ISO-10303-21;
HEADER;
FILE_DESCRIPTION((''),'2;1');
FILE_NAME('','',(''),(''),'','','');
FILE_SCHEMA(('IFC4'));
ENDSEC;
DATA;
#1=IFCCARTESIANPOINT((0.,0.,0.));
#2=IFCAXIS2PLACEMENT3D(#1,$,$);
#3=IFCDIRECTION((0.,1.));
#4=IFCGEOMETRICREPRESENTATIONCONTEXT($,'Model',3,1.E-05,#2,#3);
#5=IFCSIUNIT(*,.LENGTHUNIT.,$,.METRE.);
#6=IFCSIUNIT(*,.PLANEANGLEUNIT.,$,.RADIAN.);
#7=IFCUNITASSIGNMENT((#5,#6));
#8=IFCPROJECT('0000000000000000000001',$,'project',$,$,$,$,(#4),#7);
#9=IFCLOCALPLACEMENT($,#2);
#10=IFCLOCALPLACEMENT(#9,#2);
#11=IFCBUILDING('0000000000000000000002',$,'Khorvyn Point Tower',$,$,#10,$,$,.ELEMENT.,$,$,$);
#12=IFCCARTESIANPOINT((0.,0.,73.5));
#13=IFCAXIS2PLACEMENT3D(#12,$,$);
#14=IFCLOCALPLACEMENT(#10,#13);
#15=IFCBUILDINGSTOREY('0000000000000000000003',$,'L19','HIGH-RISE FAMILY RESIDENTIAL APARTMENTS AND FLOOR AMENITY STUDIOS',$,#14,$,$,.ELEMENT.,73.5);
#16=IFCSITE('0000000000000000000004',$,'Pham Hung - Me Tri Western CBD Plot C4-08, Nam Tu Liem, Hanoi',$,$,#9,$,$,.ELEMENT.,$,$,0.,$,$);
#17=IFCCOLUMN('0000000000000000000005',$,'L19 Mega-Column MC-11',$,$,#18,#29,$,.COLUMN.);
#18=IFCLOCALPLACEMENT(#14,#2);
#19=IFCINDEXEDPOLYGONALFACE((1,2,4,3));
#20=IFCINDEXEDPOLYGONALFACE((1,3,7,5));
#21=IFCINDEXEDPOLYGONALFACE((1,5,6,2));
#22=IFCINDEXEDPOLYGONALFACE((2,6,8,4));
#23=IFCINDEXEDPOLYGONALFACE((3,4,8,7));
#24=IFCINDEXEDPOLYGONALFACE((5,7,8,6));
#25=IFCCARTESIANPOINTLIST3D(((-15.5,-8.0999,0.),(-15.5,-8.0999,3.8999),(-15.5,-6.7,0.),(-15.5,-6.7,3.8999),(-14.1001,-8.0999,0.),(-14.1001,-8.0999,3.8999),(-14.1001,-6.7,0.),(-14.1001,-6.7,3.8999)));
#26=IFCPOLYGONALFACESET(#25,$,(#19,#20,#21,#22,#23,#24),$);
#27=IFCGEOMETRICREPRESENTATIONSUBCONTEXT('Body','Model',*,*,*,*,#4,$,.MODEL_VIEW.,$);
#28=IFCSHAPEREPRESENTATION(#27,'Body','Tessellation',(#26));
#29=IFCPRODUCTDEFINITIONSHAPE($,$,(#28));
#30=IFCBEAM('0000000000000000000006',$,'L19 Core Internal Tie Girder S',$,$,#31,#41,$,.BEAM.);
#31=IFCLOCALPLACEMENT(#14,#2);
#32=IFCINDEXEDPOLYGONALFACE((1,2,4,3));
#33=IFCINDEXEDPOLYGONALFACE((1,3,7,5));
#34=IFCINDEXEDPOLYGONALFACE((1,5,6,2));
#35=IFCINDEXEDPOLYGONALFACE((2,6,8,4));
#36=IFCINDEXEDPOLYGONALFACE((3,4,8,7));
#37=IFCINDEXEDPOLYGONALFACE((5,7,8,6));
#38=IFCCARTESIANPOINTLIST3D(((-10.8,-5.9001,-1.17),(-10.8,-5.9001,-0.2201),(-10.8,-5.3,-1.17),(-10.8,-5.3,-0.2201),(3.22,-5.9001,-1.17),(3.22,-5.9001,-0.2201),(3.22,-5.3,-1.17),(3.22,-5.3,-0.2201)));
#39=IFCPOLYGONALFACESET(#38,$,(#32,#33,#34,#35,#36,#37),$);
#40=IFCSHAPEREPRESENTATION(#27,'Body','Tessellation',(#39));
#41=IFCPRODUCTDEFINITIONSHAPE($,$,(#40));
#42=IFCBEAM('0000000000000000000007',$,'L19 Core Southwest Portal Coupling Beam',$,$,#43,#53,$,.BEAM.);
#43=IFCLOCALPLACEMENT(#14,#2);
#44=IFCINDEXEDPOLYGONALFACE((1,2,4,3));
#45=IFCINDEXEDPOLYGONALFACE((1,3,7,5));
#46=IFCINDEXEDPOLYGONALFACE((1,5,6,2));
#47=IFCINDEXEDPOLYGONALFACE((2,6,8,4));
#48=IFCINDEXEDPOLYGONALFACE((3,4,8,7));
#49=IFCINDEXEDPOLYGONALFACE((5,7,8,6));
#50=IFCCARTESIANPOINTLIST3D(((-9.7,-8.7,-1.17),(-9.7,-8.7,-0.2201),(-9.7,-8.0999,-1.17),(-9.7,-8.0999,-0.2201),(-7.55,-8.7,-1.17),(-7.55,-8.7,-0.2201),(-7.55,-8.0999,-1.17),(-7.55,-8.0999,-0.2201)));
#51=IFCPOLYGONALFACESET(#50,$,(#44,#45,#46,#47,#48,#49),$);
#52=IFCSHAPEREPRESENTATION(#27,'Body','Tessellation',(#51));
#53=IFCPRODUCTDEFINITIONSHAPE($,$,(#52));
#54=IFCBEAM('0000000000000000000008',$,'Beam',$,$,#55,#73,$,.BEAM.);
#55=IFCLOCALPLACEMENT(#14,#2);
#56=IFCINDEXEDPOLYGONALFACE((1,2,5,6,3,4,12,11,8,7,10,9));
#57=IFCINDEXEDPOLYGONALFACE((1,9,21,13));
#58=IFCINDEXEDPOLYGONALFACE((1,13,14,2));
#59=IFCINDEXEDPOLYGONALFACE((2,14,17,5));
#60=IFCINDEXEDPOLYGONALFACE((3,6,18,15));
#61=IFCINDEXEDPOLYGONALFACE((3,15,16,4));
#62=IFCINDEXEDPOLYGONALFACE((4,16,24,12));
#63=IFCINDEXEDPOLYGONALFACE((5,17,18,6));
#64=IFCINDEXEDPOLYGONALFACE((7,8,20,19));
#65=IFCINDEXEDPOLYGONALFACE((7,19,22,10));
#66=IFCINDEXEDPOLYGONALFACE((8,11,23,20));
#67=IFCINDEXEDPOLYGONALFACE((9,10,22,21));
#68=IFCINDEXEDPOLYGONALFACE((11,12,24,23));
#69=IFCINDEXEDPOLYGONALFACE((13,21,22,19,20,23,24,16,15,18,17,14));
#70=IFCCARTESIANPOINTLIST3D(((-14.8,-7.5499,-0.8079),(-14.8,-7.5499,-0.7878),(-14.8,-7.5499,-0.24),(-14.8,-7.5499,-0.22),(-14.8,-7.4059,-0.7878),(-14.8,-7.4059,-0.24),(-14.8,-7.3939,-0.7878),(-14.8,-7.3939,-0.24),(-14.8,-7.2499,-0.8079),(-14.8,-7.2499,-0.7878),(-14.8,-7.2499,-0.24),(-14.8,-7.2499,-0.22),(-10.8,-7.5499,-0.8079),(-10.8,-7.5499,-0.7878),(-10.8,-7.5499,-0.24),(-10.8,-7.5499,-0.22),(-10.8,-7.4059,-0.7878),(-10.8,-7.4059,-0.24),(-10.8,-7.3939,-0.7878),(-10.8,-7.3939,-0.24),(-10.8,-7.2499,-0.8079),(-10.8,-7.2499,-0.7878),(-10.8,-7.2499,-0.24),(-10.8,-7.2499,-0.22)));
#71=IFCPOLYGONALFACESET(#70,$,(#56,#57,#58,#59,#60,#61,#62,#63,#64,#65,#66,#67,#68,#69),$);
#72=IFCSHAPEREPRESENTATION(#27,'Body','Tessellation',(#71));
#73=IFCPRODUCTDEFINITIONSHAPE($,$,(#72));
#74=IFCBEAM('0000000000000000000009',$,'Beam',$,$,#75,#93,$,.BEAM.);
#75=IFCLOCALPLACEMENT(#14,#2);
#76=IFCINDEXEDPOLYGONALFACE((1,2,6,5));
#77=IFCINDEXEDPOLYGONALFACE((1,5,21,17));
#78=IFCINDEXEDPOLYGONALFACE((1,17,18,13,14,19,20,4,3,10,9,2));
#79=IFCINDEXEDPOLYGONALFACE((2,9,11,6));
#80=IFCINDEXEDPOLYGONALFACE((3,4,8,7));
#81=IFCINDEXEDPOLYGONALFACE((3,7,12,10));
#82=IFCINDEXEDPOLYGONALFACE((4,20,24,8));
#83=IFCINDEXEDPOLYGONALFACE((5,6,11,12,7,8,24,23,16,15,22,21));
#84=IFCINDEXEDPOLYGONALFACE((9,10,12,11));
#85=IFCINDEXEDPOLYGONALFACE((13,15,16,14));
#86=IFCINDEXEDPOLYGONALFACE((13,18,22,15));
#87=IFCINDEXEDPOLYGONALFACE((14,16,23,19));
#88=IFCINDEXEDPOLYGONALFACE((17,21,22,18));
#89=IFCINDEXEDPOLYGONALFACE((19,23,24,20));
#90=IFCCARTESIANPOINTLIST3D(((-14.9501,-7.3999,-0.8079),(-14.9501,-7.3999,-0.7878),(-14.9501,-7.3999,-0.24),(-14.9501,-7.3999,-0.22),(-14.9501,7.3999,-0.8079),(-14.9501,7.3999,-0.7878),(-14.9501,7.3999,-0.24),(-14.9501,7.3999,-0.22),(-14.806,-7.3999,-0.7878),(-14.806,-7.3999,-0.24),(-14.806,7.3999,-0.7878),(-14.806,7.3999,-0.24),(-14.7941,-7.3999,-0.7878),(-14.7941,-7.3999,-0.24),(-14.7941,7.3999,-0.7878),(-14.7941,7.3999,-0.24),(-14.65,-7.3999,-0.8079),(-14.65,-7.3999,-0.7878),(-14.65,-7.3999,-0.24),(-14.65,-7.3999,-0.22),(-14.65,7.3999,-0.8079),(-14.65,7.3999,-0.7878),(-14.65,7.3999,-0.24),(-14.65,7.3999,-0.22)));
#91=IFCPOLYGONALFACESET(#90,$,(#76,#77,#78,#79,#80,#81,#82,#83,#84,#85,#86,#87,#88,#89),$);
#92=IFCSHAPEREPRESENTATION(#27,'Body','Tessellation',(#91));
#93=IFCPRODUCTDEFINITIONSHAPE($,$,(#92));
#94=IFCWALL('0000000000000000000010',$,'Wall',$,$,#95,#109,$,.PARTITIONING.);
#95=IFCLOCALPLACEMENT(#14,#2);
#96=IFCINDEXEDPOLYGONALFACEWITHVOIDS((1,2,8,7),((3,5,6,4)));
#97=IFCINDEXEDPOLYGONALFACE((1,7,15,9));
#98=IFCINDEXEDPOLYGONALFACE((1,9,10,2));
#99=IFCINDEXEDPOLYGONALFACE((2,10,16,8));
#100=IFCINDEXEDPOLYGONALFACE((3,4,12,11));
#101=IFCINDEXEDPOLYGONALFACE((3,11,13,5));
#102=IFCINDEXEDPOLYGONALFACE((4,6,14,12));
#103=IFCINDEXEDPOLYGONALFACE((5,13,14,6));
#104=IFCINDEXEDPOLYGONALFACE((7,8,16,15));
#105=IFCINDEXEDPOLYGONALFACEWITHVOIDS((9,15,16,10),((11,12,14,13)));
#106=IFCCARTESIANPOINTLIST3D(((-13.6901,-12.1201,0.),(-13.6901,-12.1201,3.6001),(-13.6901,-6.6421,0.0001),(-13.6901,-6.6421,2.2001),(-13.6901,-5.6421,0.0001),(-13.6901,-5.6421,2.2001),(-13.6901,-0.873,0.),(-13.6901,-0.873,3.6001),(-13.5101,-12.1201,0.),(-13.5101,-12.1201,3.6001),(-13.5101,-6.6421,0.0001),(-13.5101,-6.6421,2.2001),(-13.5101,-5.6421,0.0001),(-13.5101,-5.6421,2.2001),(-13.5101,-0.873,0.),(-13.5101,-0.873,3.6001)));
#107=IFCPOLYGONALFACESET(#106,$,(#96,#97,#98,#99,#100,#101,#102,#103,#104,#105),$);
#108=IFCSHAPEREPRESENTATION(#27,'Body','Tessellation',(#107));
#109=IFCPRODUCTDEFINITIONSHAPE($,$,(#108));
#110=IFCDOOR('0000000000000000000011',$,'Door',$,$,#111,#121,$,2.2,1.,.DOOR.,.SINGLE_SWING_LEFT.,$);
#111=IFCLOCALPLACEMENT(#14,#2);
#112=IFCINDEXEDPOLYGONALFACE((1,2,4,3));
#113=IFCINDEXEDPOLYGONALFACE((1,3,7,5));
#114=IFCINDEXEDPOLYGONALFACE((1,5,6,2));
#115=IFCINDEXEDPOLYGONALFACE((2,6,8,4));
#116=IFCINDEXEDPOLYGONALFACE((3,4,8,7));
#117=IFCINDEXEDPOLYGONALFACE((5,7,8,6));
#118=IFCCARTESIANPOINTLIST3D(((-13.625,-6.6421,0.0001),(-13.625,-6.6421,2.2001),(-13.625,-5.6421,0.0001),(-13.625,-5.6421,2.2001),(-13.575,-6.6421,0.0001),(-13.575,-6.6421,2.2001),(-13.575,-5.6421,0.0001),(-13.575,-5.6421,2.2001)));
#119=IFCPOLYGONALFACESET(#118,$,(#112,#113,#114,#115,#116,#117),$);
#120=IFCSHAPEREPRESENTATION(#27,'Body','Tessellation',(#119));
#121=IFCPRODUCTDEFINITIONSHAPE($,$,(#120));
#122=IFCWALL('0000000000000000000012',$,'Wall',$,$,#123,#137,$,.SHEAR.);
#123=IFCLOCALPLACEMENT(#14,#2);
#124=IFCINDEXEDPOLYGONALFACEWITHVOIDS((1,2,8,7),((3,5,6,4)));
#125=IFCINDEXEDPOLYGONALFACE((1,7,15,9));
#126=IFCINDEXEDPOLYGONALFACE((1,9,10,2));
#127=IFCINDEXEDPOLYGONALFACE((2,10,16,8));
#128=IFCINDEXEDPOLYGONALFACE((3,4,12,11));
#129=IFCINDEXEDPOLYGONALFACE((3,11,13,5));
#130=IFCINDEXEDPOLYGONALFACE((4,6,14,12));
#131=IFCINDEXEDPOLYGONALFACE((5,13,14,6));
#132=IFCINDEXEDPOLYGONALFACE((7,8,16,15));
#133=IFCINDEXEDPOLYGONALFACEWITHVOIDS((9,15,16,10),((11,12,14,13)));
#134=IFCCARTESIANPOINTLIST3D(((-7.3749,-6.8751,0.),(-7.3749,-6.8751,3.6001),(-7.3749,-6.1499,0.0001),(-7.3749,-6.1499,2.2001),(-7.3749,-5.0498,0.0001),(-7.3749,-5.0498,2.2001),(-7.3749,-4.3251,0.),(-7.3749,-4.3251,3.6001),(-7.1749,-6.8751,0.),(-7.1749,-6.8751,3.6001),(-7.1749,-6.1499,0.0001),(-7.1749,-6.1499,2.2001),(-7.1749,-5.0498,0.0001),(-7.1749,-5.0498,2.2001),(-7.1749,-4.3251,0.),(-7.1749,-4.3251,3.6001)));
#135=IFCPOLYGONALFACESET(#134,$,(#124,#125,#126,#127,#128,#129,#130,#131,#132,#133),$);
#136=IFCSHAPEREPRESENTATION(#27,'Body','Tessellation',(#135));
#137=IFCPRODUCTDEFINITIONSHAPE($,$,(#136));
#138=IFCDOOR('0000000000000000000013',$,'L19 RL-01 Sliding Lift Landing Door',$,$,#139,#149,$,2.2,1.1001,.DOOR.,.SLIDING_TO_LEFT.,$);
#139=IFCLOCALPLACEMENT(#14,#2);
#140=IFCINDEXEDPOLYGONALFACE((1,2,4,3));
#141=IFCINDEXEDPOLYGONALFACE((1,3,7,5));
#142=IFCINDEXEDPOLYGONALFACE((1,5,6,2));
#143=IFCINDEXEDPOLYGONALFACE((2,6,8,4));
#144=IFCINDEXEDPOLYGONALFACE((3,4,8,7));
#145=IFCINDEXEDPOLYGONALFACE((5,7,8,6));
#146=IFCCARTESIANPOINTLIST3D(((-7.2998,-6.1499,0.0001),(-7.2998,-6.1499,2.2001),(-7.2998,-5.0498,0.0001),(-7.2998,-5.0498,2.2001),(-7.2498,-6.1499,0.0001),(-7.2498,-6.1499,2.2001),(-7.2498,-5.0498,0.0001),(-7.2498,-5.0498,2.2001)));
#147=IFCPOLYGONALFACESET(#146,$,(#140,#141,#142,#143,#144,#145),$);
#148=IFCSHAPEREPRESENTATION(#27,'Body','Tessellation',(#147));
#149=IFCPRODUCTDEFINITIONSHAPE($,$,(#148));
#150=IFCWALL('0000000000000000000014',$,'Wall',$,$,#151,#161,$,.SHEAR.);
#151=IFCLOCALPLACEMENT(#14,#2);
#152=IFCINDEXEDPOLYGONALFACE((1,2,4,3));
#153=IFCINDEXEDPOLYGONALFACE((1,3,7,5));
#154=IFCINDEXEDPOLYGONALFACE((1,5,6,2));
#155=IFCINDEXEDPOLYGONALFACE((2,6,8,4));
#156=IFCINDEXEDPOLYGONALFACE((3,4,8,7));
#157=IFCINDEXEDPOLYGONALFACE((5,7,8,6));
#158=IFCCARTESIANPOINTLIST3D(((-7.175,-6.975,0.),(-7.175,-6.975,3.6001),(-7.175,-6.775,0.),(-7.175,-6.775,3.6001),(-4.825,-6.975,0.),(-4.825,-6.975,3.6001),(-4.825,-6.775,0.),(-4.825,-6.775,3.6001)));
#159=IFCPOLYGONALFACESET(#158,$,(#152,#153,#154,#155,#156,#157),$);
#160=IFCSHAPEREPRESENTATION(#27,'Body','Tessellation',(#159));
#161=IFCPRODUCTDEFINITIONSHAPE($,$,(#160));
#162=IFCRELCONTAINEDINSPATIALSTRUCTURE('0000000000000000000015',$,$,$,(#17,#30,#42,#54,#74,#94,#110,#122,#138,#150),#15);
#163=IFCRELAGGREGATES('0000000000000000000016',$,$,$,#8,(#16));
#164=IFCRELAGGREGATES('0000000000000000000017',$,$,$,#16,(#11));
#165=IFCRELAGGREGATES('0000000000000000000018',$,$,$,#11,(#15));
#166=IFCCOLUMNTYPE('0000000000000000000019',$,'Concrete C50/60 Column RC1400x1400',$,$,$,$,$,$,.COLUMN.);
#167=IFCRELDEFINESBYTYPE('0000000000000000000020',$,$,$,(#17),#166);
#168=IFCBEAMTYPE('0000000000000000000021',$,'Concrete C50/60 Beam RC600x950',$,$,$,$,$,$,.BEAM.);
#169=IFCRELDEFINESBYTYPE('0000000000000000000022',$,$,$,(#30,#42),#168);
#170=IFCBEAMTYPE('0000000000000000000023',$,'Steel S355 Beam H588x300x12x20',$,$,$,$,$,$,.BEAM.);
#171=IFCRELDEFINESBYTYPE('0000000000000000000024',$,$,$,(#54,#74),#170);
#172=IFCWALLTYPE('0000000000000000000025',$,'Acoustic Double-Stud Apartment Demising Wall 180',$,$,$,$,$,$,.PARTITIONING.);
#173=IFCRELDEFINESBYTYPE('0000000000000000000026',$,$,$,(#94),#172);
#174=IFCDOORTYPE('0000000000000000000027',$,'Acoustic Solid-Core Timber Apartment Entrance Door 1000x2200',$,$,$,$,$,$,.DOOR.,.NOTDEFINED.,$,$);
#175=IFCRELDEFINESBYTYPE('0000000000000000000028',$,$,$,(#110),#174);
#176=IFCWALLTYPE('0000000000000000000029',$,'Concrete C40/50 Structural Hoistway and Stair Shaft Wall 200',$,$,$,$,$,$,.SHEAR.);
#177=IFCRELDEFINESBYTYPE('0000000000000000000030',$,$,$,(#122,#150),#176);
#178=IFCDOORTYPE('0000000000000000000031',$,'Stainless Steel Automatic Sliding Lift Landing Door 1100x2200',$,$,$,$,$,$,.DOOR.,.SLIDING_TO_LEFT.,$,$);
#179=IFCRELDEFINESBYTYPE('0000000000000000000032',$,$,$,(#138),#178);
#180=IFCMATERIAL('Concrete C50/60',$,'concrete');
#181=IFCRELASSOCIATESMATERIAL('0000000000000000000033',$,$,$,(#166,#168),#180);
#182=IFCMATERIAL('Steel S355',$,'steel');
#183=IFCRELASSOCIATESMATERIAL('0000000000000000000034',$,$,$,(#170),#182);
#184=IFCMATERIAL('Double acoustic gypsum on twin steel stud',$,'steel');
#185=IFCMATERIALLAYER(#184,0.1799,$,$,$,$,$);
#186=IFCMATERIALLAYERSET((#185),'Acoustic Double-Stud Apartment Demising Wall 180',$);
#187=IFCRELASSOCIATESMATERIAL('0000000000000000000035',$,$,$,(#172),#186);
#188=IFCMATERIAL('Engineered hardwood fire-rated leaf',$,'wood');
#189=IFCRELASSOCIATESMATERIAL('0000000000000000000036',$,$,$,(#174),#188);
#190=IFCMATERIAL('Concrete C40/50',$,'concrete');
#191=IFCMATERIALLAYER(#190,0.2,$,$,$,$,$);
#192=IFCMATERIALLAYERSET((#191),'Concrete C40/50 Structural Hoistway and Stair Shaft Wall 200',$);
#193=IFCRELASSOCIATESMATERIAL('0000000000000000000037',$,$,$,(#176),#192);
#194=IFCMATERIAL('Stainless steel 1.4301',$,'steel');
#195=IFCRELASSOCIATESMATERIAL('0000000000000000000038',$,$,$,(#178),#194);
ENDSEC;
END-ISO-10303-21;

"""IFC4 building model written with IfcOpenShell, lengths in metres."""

from ifc_helpers import new_model, si_unit, direction, frame, frame_2d, origin, origin_2d, place, context, subcontext, project, spatial, rectangle, i_section, extrude, material, layer, layer_set, material_profile, profile_set, type_object, element, fill, save


model = new_model("IFC4")

# Units and contexts
model_context = context("Model", 3, precision=1e-05, world=origin(), true_north=direction((0.0, 1.0)))
body_context = subcontext(model_context, "Body", "Model", "MODEL_VIEW")
ifc_project = project(units=[si_unit("LENGTHUNIT", "METRE"), si_unit("PLANEANGLEUNIT", "RADIAN")], contexts=[model_context])

# Site, building, storey
site_placement = place(None, origin())
site = spatial("IfcSite", under=ifc_project, at=site_placement, Name="Pham Hung - Me Tri Western CBD Plot C4-08, Nam Tu Liem, Hanoi", CompositionType="ELEMENT", RefElevation=0.0)
building_placement = place(site_placement, origin())
building = spatial("IfcBuilding", under=site, at=building_placement, Name="Khorvyn Point Tower", CompositionType="ELEMENT")
storey_placement = place(building_placement, frame((0.0, 0.0, 73.5)))
storey = spatial("IfcBuildingStorey", under=building, at=storey_placement, Name="L19", Description="HIGH-RISE FAMILY RESIDENTIAL APARTMENTS AND FLOOR AMENITY STUDIOS", CompositionType="ELEMENT", Elevation=73.5)

# Column
ifc_material_1 = material(Name="Concrete C50/60", Category="concrete")
ifc_material_profile_1 = material_profile(ifc_material_1, rectangle(XDim=1.3999, YDim=1.3999, at=origin_2d()))
ifc_profile_set_1 = profile_set([ifc_material_profile_1], Name="Concrete C50/60 RC1400x1400")
column_type = type_object("IfcColumnType", Name="Concrete C50/60 Column RC1400x1400", PredefinedType="COLUMN", material=ifc_profile_set_1)
column_placement = place(storey_placement, frame((-14.8, -7.3999, 0.0), z_axis=(0.0, 0.0, 1.0), x_axis=(1.0, 0.0, 0.0)))
element("IfcColumn", 1, at=column_placement, inside=storey, type_object=column_type, Name="L19 Mega-Column MC-11", PredefinedType="COLUMN", context=body_context, shape_type="SweptSolid", body=[
    extrude(rectangle(XDim=1.3999, YDim=1.3999, at=origin_2d()), origin(), (0.0, 0.0, 1.0), 3.8999),
])

# Beams
ifc_material_profile_2 = material_profile(ifc_material_1, rectangle(XDim=0.6001, YDim=0.95, at=origin_2d()))
ifc_profile_set_2 = profile_set([ifc_material_profile_2], Name="Concrete C50/60 RC600x950")
beam_type_1 = type_object("IfcBeamType", Name="Concrete C50/60 Beam RC600x950", PredefinedType="BEAM", material=ifc_profile_set_2)
beam_1_placement = place(storey_placement, frame((-10.8, -5.6001, -0.6951), z_axis=(1.0, 0.0, 0.0), x_axis=(0.0, 1.0, 0.0)))
element("IfcBeam", 2, at=beam_1_placement, inside=storey, type_object=beam_type_1, Name="L19 Core Internal Tie Girder S", PredefinedType="BEAM", context=body_context, shape_type="SweptSolid", body=[
    extrude(rectangle(XDim=0.6001, YDim=0.95, at=origin_2d()), origin(), (0.0, 0.0, 1.0), 14.02),
])
beam_2_placement = place(storey_placement, frame((-9.7, -8.3999, -0.6951), z_axis=(1.0, 0.0, 0.0), x_axis=(0.0, 1.0, 0.0)))
element("IfcBeam", 3, at=beam_2_placement, inside=storey, type_object=beam_type_1, Name="L19 Core Southwest Portal Coupling Beam", PredefinedType="BEAM", context=body_context, shape_type="SweptSolid", body=[
    extrude(rectangle(XDim=0.6001, YDim=0.95, at=origin_2d()), origin(), (0.0, 0.0, 1.0), 2.1499),
])
ifc_material_2 = material(Name="Steel S355", Category="steel")
ifc_material_profile_3 = material_profile(ifc_material_2, i_section(OverallWidth=0.3, OverallDepth=0.5879, WebThickness=0.012, FlangeThickness=0.02, at=origin_2d()))
ifc_profile_set_3 = profile_set([ifc_material_profile_3], Name="Steel S355 H588x300x12x20")
beam_type_2 = type_object("IfcBeamType", Name="Steel S355 Beam H588x300x12x20", PredefinedType="BEAM", material=ifc_profile_set_3)
beam_3_placement = place(storey_placement, frame((-14.8, -7.3999, -0.5139), z_axis=(1.0, 0.0, 0.0), x_axis=(0.0, 1.0, 0.0)))
element("IfcBeam", 4, at=beam_3_placement, inside=storey, type_object=beam_type_2, Name="Beam", PredefinedType="BEAM", context=body_context, shape_type="SweptSolid", body=[
    extrude(i_section(OverallWidth=0.3, OverallDepth=0.5879, WebThickness=0.012, FlangeThickness=0.02, at=origin_2d()), origin(), (0.0, 0.0, 1.0), 4.0),
])
beam_4_placement = place(storey_placement, frame((-14.8, -7.3999, -0.5139), z_axis=(0.0, 1.0, 0.0), x_axis=(-1.0, 0.0, 0.0)))
element("IfcBeam", 5, at=beam_4_placement, inside=storey, type_object=beam_type_2, Name="Beam", PredefinedType="BEAM", context=body_context, shape_type="SweptSolid", body=[
    extrude(i_section(OverallWidth=0.3, OverallDepth=0.5879, WebThickness=0.012, FlangeThickness=0.02, at=origin_2d()), origin(), (0.0, 0.0, 1.0), 14.7998),
])

# Walls, openings, doors
ifc_material_3 = material(Name="Double acoustic gypsum on twin steel stud", Category="steel")
ifc_layer_1 = layer(ifc_material_3, 0.1799)
ifc_layer_set_1 = layer_set([ifc_layer_1], Name="Acoustic Double-Stud Apartment Demising Wall 180")
wall_type_1 = type_object("IfcWallType", Name="Acoustic Double-Stud Apartment Demising Wall 180", PredefinedType="PARTITIONING", material=ifc_layer_set_1)
wall_1_placement = place(storey_placement, frame((-13.6001, -12.1201, 0.0), z_axis=(0.0, 0.0, 1.0), x_axis=(0.0, 1.0, 0.0)))
wall_1 = element("IfcWall", 6, at=wall_1_placement, inside=storey, type_object=wall_type_1, Name="Wall", PredefinedType="PARTITIONING", context=body_context, shape_type="SweptSolid", body=[
    extrude(rectangle(XDim=11.2471, YDim=0.1799, at=frame_2d((5.6235, 0.0))), origin(), (0.0, 0.0, 1.0), 3.6001),
])
opening_1_placement = place(wall_1_placement, frame((5.478, 0.0, 0.0)))
opening_1 = element("IfcOpeningElement", 7, at=opening_1_placement, cuts=wall_1, PredefinedType="OPENING", context=body_context, shape_type="SweptSolid", body=[
    extrude(rectangle(XDim=1.0, YDim=2.2, at=frame_2d((0.5, 1.1001))), frame((0.0, 0.0999, 0.0), z_axis=(0.0, -1.0, 0.0), x_axis=(1.0, 0.0, 0.0)), (0.0, 0.0, 1.0), 0.2),
])
ifc_material_4 = material(Name="Engineered hardwood fire-rated leaf", Category="wood")
door_type_1 = type_object("IfcDoorType", Name="Acoustic Solid-Core Timber Apartment Entrance Door 1000x2200", OperationType="NOTDEFINED", PredefinedType="DOOR", material=ifc_material_4)
door_1_placement = place(opening_1_placement, origin())
door_1 = element("IfcDoor", 8, at=door_1_placement, inside=storey, type_object=door_type_1, Name="Door", OperationType="SINGLE_SWING_LEFT", OverallHeight=2.2, OverallWidth=1.0, PredefinedType="DOOR", context=body_context, shape_type="SweptSolid", body=[
    extrude(rectangle(XDim=1.0, YDim=2.2, at=frame_2d((0.5, 1.1001))), frame((0.0, 0.0249, 0.0), z_axis=(0.0, -1.0, 0.0), x_axis=(1.0, 0.0, 0.0)), (0.0, 0.0, 1.0), 0.05),
])
fill(opening_1, door_1)
ifc_material_5 = material(Name="Concrete C40/50", Category="concrete")
ifc_layer_2 = layer(ifc_material_5, 0.2)
ifc_layer_set_2 = layer_set([ifc_layer_2], Name="Concrete C40/50 Structural Hoistway and Stair Shaft Wall 200")
wall_type_2 = type_object("IfcWallType", Name="Concrete C40/50 Structural Hoistway and Stair Shaft Wall 200", PredefinedType="SHEAR", material=ifc_layer_set_2)
wall_2_placement = place(storey_placement, frame((-7.2749, -6.875, 0.0), z_axis=(0.0, 0.0, 1.0), x_axis=(0.0, 1.0, 0.0)))
wall_2 = element("IfcWall", 9, at=wall_2_placement, inside=storey, type_object=wall_type_2, Name="Wall", PredefinedType="SHEAR", context=body_context, shape_type="SweptSolid", body=[
    extrude(rectangle(XDim=2.55, YDim=0.2, at=frame_2d((1.2749, 0.0))), origin(), (0.0, 0.0, 1.0), 3.6001),
])
opening_2_placement = place(wall_2_placement, frame((0.7251, 0.0, 0.0)))
opening_2 = element("IfcOpeningElement", 10, at=opening_2_placement, cuts=wall_2, PredefinedType="OPENING", context=body_context, shape_type="SweptSolid", body=[
    extrude(rectangle(XDim=1.1001, YDim=2.2, at=frame_2d((0.55, 1.1001))), frame((0.0, 0.1099, 0.0), z_axis=(0.0, -1.0, 0.0), x_axis=(1.0, 0.0, 0.0)), (0.0, 0.0, 1.0), 0.22),
])
ifc_material_6 = material(Name="Stainless steel 1.4301", Category="steel")
door_type_2 = type_object("IfcDoorType", Name="Stainless Steel Automatic Sliding Lift Landing Door 1100x2200", OperationType="SLIDING_TO_LEFT", PredefinedType="DOOR", material=ifc_material_6)
door_2_placement = place(opening_2_placement, origin())
door_2 = element("IfcDoor", 11, at=door_2_placement, inside=storey, type_object=door_type_2, Name="L19 RL-01 Sliding Lift Landing Door", OperationType="SLIDING_TO_LEFT", OverallHeight=2.2, OverallWidth=1.1001, PredefinedType="DOOR", context=body_context, shape_type="SweptSolid", body=[
    extrude(rectangle(XDim=1.1001, YDim=2.2, at=frame_2d((0.55, 1.1001))), frame((0.0, 0.0249, 0.0), z_axis=(0.0, -1.0, 0.0), x_axis=(1.0, 0.0, 0.0)), (0.0, 0.0, 1.0), 0.05),
])
fill(opening_2, door_2)

# Wall
wall_3_placement = place(storey_placement, frame((-7.175, -6.875, 0.0), z_axis=(0.0, 0.0, 1.0), x_axis=(1.0, 0.0, 0.0)))
element("IfcWall", 12, at=wall_3_placement, inside=storey, type_object=wall_type_2, Name="Wall", PredefinedType="SHEAR", context=body_context, shape_type="SweptSolid", body=[
    extrude(rectangle(XDim=2.3501, YDim=0.2, at=frame_2d((1.175, 0.0))), origin(), (0.0, 0.0, 1.0), 3.6001),
])

save(model, "model.ifc")
